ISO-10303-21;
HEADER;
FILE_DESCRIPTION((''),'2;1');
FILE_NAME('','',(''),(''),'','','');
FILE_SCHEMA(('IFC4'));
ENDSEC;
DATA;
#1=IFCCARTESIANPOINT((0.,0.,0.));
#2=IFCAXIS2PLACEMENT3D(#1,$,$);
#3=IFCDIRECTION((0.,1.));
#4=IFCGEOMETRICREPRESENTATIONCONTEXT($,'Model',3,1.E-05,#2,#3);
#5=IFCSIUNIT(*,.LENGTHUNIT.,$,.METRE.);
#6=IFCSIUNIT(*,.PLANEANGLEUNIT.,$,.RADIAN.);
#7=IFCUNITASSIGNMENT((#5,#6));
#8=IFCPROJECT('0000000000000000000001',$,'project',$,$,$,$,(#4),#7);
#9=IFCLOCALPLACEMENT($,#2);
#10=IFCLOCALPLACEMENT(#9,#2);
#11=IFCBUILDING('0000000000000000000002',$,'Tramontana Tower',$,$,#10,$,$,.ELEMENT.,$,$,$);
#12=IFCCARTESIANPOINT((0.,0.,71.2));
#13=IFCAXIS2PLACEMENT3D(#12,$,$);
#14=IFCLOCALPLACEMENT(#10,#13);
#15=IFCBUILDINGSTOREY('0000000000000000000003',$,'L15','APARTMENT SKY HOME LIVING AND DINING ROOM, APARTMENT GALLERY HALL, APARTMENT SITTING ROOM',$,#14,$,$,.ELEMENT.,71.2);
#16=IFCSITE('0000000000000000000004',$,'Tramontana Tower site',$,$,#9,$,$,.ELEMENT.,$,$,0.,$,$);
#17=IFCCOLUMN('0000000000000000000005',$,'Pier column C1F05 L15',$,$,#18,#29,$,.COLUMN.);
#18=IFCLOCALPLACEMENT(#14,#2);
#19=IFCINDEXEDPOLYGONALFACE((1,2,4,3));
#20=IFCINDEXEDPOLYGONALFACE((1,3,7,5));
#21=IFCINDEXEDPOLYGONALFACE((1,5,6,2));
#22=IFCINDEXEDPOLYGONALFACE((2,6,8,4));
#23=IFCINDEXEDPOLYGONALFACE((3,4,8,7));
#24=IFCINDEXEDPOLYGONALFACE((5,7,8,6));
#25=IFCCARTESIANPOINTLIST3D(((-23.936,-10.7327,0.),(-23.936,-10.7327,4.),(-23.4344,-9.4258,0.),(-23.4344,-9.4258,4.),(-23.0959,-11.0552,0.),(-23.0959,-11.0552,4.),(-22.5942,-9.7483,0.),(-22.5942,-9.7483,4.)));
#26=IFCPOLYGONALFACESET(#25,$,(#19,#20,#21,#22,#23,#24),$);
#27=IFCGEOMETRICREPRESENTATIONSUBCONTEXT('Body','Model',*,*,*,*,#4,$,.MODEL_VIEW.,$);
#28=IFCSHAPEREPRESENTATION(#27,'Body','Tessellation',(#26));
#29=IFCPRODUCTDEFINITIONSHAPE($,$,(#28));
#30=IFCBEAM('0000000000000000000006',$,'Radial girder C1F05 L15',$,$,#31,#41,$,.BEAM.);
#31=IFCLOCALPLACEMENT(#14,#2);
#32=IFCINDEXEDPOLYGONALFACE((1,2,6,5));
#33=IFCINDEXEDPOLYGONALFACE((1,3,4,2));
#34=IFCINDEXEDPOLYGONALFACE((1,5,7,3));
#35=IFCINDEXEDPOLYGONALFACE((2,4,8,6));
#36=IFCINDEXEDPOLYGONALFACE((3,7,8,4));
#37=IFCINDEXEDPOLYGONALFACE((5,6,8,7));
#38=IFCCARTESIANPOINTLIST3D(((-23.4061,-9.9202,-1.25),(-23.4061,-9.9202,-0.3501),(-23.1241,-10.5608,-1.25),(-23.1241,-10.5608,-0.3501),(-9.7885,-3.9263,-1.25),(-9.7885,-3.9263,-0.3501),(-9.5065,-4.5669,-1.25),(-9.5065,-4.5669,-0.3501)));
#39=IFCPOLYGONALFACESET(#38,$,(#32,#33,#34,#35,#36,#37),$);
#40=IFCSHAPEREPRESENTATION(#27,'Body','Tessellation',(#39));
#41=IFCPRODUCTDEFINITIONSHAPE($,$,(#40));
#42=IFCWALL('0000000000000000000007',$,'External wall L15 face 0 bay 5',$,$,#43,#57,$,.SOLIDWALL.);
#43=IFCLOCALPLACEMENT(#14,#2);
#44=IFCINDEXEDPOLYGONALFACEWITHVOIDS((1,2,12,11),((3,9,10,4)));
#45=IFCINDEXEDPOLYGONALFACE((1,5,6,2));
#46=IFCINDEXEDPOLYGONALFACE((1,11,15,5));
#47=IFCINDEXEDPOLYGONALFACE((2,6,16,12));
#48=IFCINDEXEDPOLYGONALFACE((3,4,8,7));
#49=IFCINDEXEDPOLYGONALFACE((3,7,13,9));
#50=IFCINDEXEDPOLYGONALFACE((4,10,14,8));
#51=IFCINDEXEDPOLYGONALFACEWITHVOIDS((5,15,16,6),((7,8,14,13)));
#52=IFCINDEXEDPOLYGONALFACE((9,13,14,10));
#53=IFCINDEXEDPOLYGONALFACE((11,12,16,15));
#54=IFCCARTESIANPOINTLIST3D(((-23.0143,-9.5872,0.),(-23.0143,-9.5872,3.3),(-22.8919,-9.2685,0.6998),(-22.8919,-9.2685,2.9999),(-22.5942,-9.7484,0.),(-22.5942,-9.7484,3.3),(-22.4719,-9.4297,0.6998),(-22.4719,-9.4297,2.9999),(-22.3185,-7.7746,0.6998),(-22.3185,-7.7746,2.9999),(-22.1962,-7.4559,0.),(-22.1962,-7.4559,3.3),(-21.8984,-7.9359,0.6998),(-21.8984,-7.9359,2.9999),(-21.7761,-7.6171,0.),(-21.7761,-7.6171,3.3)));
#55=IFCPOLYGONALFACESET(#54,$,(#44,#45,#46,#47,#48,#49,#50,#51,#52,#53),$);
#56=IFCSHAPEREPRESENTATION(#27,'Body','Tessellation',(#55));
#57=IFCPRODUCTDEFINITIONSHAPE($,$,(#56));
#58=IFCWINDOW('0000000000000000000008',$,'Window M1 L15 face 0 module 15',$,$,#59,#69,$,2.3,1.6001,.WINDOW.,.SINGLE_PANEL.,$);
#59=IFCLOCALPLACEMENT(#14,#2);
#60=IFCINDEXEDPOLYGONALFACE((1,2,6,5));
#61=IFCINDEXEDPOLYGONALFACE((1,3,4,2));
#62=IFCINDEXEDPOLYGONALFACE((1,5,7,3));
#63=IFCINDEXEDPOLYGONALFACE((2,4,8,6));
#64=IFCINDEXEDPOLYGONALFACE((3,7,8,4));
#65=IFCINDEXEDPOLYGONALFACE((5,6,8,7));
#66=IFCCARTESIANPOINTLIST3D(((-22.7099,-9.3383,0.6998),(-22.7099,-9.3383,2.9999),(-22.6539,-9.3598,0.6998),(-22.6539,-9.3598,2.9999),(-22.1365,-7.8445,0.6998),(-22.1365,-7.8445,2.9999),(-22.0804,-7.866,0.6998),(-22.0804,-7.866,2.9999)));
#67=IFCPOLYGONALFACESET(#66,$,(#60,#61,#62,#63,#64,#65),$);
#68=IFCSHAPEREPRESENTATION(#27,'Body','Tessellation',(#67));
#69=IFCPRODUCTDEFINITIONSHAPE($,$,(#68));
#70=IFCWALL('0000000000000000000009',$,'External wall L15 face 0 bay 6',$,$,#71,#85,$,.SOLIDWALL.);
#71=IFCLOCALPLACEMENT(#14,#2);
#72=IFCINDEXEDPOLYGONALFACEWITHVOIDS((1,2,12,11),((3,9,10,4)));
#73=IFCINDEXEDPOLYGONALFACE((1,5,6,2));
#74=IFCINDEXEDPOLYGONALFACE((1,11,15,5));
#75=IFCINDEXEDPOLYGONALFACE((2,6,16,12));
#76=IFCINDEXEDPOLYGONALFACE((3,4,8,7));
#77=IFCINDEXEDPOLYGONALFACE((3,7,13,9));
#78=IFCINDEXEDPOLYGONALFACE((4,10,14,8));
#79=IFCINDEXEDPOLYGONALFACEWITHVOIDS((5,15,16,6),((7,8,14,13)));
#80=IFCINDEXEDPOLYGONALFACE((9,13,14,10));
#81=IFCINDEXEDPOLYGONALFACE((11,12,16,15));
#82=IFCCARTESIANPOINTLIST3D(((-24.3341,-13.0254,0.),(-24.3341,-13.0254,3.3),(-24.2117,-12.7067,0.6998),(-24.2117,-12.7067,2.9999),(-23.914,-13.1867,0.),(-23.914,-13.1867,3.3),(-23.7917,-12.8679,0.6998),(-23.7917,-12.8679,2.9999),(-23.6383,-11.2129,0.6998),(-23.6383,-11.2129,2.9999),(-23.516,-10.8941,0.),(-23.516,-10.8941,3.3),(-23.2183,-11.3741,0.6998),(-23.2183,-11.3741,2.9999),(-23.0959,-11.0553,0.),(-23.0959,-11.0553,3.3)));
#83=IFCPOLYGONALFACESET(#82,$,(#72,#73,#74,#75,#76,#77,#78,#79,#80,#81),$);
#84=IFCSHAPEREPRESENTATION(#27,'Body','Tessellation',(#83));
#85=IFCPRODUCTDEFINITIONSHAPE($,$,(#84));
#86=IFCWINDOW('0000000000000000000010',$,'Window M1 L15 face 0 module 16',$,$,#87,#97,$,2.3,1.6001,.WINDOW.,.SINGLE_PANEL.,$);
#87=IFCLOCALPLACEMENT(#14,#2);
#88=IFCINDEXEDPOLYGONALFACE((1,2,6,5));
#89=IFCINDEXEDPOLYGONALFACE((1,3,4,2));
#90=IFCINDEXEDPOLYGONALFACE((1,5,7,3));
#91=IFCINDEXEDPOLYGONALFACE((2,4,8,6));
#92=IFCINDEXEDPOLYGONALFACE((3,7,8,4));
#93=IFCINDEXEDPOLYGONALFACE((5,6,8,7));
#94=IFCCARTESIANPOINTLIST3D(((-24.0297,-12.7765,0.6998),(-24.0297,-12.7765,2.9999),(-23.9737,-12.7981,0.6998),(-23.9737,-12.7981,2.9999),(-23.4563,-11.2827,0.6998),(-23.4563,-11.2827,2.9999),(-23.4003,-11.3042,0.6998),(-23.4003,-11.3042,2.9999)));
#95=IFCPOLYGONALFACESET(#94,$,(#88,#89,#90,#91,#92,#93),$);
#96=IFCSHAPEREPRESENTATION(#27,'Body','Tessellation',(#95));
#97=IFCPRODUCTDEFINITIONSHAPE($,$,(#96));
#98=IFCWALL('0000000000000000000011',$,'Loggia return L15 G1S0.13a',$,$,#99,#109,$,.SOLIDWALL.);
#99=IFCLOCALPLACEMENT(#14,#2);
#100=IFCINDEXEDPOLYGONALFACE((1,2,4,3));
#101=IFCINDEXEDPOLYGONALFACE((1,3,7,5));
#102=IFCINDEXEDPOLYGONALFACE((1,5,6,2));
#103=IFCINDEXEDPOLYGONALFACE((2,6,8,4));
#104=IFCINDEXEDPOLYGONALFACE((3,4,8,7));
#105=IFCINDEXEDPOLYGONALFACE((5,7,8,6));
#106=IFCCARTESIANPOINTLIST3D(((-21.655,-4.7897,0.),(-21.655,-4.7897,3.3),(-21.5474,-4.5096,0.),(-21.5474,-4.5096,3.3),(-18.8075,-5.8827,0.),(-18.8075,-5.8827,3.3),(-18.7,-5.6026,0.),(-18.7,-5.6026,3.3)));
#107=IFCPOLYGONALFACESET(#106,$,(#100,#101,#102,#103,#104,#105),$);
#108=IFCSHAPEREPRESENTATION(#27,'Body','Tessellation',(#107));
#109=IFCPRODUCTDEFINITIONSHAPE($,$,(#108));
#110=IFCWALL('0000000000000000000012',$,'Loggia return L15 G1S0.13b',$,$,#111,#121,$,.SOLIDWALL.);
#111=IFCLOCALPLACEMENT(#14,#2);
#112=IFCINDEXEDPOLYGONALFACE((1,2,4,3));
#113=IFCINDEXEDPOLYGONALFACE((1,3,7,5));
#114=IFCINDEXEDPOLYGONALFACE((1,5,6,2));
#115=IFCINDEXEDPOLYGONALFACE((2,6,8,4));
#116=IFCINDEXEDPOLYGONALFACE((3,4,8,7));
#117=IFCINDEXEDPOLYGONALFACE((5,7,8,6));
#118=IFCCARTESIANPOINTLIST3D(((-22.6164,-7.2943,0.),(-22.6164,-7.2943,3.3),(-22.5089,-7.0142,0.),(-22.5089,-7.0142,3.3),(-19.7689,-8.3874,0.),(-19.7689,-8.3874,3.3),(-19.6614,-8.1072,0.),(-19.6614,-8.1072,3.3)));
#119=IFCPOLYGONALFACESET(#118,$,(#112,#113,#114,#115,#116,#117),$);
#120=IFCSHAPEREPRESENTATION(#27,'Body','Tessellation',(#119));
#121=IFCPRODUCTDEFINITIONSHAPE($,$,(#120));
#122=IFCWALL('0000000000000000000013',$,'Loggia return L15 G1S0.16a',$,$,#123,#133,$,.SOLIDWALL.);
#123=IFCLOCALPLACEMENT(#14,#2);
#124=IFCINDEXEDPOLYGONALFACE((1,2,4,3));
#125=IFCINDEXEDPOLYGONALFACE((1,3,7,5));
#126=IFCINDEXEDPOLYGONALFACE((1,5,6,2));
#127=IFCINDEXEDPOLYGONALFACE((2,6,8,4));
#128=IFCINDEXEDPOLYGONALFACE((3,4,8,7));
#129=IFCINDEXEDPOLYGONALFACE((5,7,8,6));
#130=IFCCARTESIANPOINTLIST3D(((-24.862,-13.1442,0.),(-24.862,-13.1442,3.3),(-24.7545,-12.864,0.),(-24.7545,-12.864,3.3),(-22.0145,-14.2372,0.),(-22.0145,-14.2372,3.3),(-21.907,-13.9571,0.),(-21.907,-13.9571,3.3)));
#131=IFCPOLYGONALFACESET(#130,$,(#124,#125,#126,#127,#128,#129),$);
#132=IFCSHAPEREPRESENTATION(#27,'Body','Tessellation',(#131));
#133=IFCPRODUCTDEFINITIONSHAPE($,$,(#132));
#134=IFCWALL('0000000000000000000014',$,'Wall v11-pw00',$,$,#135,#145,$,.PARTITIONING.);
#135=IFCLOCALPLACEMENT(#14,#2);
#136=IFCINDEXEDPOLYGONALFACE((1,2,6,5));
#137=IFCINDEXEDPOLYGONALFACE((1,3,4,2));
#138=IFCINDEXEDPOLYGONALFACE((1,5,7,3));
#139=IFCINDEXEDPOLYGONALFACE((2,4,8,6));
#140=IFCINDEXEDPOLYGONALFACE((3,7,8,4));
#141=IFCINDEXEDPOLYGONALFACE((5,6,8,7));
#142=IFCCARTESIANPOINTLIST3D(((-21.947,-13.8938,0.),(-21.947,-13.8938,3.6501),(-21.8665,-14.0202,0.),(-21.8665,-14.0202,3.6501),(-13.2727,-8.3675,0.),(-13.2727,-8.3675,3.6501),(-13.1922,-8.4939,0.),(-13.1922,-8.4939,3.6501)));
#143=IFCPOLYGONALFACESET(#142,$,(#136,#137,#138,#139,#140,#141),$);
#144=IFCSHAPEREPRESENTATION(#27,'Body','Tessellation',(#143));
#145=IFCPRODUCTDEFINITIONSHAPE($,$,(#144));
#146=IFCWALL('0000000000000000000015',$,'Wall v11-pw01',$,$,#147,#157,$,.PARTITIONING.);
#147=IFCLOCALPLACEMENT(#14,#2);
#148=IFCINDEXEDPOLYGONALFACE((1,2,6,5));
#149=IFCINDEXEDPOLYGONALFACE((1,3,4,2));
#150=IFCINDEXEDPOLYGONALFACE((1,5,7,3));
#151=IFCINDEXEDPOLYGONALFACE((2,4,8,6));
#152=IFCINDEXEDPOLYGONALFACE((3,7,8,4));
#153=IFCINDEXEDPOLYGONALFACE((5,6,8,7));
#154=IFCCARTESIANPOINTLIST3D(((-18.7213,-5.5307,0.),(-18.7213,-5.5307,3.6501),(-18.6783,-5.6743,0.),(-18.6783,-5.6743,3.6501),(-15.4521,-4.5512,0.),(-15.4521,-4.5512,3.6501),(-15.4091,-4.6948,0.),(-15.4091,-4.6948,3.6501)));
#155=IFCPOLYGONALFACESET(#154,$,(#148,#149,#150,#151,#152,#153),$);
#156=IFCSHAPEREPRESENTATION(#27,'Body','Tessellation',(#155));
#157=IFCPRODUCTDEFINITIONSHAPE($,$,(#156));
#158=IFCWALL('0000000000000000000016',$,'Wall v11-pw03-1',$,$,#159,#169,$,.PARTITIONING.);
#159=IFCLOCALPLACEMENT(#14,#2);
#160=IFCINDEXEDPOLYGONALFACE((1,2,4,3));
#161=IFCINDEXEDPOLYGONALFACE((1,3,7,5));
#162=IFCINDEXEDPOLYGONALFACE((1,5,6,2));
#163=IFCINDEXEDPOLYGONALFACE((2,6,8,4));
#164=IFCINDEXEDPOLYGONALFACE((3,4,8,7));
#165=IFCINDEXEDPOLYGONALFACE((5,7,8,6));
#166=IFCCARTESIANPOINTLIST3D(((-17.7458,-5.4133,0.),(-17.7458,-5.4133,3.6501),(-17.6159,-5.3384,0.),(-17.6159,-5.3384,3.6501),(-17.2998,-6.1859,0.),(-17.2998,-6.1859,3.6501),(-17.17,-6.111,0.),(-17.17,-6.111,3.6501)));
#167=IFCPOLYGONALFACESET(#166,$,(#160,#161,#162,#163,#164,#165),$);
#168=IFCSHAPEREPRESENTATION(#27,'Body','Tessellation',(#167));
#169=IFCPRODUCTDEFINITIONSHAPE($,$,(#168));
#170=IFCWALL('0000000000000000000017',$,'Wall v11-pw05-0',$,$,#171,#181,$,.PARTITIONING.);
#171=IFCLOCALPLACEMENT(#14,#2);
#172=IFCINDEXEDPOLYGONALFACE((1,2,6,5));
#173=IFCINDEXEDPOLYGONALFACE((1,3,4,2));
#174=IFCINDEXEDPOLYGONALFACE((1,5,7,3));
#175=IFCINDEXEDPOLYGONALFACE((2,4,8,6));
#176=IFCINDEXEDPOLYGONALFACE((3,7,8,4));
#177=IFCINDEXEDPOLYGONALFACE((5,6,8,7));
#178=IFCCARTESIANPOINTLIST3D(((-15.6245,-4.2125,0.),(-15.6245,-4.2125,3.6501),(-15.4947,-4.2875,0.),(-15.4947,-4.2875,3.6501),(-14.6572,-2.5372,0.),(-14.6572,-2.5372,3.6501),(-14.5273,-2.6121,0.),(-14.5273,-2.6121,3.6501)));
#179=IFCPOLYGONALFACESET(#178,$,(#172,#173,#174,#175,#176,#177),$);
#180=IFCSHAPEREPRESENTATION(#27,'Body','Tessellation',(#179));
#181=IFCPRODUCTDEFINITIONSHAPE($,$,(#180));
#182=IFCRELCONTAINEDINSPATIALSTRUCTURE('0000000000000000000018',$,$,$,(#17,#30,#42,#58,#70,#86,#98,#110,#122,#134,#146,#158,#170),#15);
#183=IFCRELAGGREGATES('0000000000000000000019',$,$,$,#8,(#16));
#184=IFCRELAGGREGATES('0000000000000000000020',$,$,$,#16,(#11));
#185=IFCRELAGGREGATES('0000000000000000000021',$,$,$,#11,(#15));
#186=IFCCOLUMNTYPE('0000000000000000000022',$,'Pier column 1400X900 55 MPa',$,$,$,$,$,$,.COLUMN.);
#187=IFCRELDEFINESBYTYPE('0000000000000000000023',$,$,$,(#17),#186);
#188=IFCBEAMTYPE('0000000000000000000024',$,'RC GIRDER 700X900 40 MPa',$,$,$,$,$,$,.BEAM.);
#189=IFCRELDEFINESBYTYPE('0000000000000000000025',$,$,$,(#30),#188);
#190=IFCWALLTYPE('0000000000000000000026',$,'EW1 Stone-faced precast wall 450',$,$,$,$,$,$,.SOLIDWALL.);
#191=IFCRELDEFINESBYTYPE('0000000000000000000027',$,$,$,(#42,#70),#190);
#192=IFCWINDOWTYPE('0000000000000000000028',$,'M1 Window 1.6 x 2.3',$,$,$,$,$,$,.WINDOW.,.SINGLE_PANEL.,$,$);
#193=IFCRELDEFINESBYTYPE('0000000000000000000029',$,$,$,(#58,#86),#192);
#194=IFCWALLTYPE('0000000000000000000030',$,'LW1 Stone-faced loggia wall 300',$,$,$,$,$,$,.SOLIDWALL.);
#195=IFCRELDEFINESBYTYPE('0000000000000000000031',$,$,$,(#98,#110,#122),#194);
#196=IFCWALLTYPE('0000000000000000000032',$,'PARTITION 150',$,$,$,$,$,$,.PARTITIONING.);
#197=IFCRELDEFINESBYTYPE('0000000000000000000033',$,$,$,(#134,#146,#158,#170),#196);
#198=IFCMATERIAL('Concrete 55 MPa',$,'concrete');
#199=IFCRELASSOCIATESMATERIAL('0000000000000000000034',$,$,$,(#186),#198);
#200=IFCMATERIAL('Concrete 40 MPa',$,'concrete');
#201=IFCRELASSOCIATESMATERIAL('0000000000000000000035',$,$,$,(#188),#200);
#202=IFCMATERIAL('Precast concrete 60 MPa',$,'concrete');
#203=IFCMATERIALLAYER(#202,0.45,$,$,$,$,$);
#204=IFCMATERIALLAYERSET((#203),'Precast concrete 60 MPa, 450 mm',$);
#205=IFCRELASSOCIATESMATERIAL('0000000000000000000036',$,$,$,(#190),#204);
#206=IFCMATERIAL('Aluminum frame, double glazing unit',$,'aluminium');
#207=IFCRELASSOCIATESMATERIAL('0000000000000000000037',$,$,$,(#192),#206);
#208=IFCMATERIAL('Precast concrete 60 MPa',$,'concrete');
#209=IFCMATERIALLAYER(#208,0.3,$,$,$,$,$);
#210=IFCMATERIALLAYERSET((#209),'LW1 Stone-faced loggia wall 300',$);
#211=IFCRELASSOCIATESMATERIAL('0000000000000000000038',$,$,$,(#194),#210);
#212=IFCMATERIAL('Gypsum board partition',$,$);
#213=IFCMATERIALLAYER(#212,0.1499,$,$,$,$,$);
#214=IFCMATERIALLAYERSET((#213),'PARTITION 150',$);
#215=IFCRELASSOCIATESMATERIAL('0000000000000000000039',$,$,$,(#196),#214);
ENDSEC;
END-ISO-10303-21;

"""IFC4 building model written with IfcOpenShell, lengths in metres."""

from ifc_helpers import new_model, si_unit, direction, frame, frame_2d, origin, origin_2d, place, context, subcontext, project, spatial, rectangle, extrude, material, layer, layer_set, material_profile, profile_set, type_object, element, fill, save


model = new_model("IFC4")

# Units and contexts
model_context = context("Model", 3, precision=1e-05, world=origin(), true_north=direction((0.0, 1.0)))
body_context = subcontext(model_context, "Body", "Model", "MODEL_VIEW")
ifc_project = project(units=[si_unit("LENGTHUNIT", "METRE"), si_unit("PLANEANGLEUNIT", "RADIAN")], contexts=[model_context])

# Site, building, storey
site_placement = place(None, origin())
site = spatial("IfcSite", under=ifc_project, at=site_placement, Name="Tramontana Tower site", CompositionType="ELEMENT", RefElevation=0.0)
building_placement = place(site_placement, origin())
building = spatial("IfcBuilding", under=site, at=building_placement, Name="Tramontana Tower", CompositionType="ELEMENT")
storey_placement = place(building_placement, frame((0.0, 0.0, 71.2)))
storey = spatial("IfcBuildingStorey", under=building, at=storey_placement, Name="L15", Description="APARTMENT SKY HOME LIVING AND DINING ROOM, APARTMENT GALLERY HALL, APARTMENT SITTING ROOM", CompositionType="ELEMENT", Elevation=71.2)

# Column
ifc_material_1 = material(Name="Concrete 55 MPa", Category="concrete")
ifc_material_profile_1 = material_profile(ifc_material_1, rectangle(XDim=1.3999, YDim=0.8999, at=origin_2d()), Name="Pier column 1400X900 55 MPa")
ifc_profile_set_1 = profile_set([ifc_material_profile_1], Name="Concrete 55 MPa")
column_type = type_object("IfcColumnType", Name="Pier column 1400X900 55 MPa", PredefinedType="COLUMN", material=ifc_profile_set_1)
column_placement = place(storey_placement, frame((-23.2651, -10.2405, 0.0), z_axis=(0.0, 0.0, 1.0), x_axis=(-0.358368, -0.93358, 0.0)))
element("IfcColumn", 1, at=column_placement, inside=storey, type_object=column_type, Name="Pier column C1F05 L15", PredefinedType="COLUMN", context=body_context, shape_type="SweptSolid", body=[
    extrude(rectangle(XDim=1.3999, YDim=0.8999, at=origin_2d()), origin(), (0.0, 0.0, 1.0), 4.0),
])

# Beam
ifc_material_2 = material(Name="Concrete 40 MPa", Category="concrete")
ifc_material_profile_2 = material_profile(ifc_material_2, rectangle(XDim=0.7, YDim=0.8999, at=origin_2d()), Name="RC GIRDER 700X900 40 MPa")
ifc_profile_set_2 = profile_set([ifc_material_profile_2], Name="Concrete 40 MPa")
beam_type = type_object("IfcBeamType", Name="RC GIRDER 700X900 40 MPa", PredefinedType="BEAM", material=ifc_profile_set_2)
beam_placement = place(storey_placement, frame((-23.2651, -10.2405, -0.8), z_axis=(0.915263, 0.402858, 0.0), x_axis=(-0.402858, 0.915263, 0.0)))
element("IfcBeam", 2, at=beam_placement, inside=storey, type_object=beam_type, Name="Radial girder C1F05 L15", PredefinedType="BEAM", context=body_context, shape_type="SweptSolid", body=[
    extrude(rectangle(XDim=0.7, YDim=0.8999, at=origin_2d()), origin(), (0.0, 0.0, 1.0), 14.8784),
])

# Walls, openings, windows
ifc_material_3 = material(Name="Precast concrete 60 MPa", Category="concrete")
ifc_layer_1 = layer(ifc_material_3, 0.45)
ifc_layer_set_1 = layer_set([ifc_layer_1], Name="Precast concrete 60 MPa, 450 mm")
wall_type_1 = type_object("IfcWallType", Name="EW1 Stone-faced precast wall 450", PredefinedType="SOLIDWALL", material=ifc_layer_set_1)
wall_1_placement = place(storey_placement, frame((-21.9861, -7.5364, 0.0), z_axis=(0.0, 0.0, 1.0), x_axis=(-0.358356, -0.933585, 0.0)))
wall_1 = element("IfcWall", 3, at=wall_1_placement, inside=storey, type_object=wall_type_1, Name="External wall L15 face 0 bay 5", PredefinedType="SOLIDWALL", context=body_context, shape_type="SweptSolid", body=[
    extrude(rectangle(XDim=2.283, YDim=0.45, at=frame_2d((1.1416, 0.0))), origin(), (0.0, 0.0, 1.0), 3.3),
])
opening_1_placement = place(wall_1_placement, frame((0.3416, 0.0, 0.7)))
opening_1 = element("IfcOpeningElement", 4, at=opening_1_placement, cuts=wall_1, PredefinedType="OPENING", context=body_context, shape_type="SweptSolid", body=[
    extrude(rectangle(XDim=1.6001, YDim=2.3, at=frame_2d((0.8, 1.1499))), frame((0.0, 0.2349, 0.0), z_axis=(0.0, -1.0, 0.0), x_axis=(1.0, 0.0, 0.0)), (0.0, 0.0, 1.0), 0.47),
])
ifc_material_4 = material(Name="Aluminum frame, double glazing unit", Category="aluminium")
window_type = type_object("IfcWindowType", Name="M1 Window 1.6 x 2.3", PartitioningType="SINGLE_PANEL", PredefinedType="WINDOW", material=ifc_material_4)
window_1_placement = place(opening_1_placement, origin())
window_1 = element("IfcWindow", 5, at=window_1_placement, inside=storey, type_object=window_type, Name="Window M1 L15 face 0 module 15", OverallHeight=2.3, OverallWidth=1.6001, PartitioningType="SINGLE_PANEL", PredefinedType="WINDOW", context=body_context, shape_type="SweptSolid", body=[
    extrude(rectangle(XDim=1.6001, YDim=2.3, at=frame_2d((0.8, 1.1499))), frame((0.0, 0.03, 0.0), z_axis=(0.0, -1.0, 0.0), x_axis=(1.0, 0.0, 0.0)), (0.0, 0.0, 1.0), 0.0601),
])
fill(opening_1, window_1)
wall_2_placement = place(storey_placement, frame((-23.3059, -10.9746, 0.0), z_axis=(0.0, 0.0, 1.0), x_axis=(-0.358356, -0.933585, 0.0)))
wall_2 = element("IfcWall", 6, at=wall_2_placement, inside=storey, type_object=wall_type_1, Name="External wall L15 face 0 bay 6", PredefinedType="SOLIDWALL", context=body_context, shape_type="SweptSolid", body=[
    extrude(rectangle(XDim=2.283, YDim=0.45, at=frame_2d((1.1416, 0.0))), origin(), (0.0, 0.0, 1.0), 3.3),
])
opening_2_placement = place(wall_2_placement, frame((0.3416, 0.0, 0.7)))
opening_2 = element("IfcOpeningElement", 7, at=opening_2_placement, cuts=wall_2, PredefinedType="OPENING", context=body_context, shape_type="SweptSolid", body=[
    extrude(rectangle(XDim=1.6001, YDim=2.3, at=frame_2d((0.8, 1.1499))), frame((0.0, 0.2349, 0.0), z_axis=(0.0, -1.0, 0.0), x_axis=(1.0, 0.0, 0.0)), (0.0, 0.0, 1.0), 0.47),
])
window_2_placement = place(opening_2_placement, origin())
window_2 = element("IfcWindow", 8, at=window_2_placement, inside=storey, type_object=window_type, Name="Window M1 L15 face 0 module 16", OverallHeight=2.3, OverallWidth=1.6001, PartitioningType="SINGLE_PANEL", PredefinedType="WINDOW", context=body_context, shape_type="SweptSolid", body=[
    extrude(rectangle(XDim=1.6001, YDim=2.3, at=frame_2d((0.8, 1.1499))), frame((0.0, 0.03, 0.0), z_axis=(0.0, -1.0, 0.0), x_axis=(1.0, 0.0, 0.0)), (0.0, 0.0, 1.0), 0.0601),
])
fill(opening_2, window_2)

# Shared definitions
ifc_material_5 = material(Name="Precast concrete 60 MPa", Category="concrete")
ifc_layer_2 = layer(ifc_material_5, 0.3)
ifc_layer_set_2 = layer_set([ifc_layer_2], Name="LW1 Stone-faced loggia wall 300")
wall_type_2 = type_object("IfcWallType", Name="LW1 Stone-faced loggia wall 300", PredefinedType="SOLIDWALL", material=ifc_layer_set_2)

# Walls
for number, where, z_axis, x_axis, name in (
    (9, (-21.6011, -4.6497, 0.0), (0.0, 0.0, 1.0), (0.933581, -0.358368, 0.0), "Loggia return L15 G1S0.13a"),
    (10, (-22.5625, -7.1543, 0.0), (0.0, 0.0, 1.0), (0.933581, -0.358368, 0.0), "Loggia return L15 G1S0.13b"),
):
    element("IfcWall", number, at=place(storey_placement, frame(where, z_axis=z_axis, x_axis=x_axis)), inside=storey, type_object=wall_type_2, Name=name, PredefinedType="SOLIDWALL", context=body_context, shape_type="SweptSolid", body=[
        extrude(rectangle(XDim=3.05, YDim=0.3, at=frame_2d((1.5249, 0.0))), origin(), (0.0, 0.0, 1.0), 3.3),
    ])

# Walls
wall_3_placement = place(storey_placement, frame((-24.8081, -13.0042, 0.0), z_axis=(0.0, 0.0, 1.0), x_axis=(0.933581, -0.358368, 0.0)))
element("IfcWall", 11, at=wall_3_placement, inside=storey, type_object=wall_type_2, Name="Loggia return L15 G1S0.16a", PredefinedType="SOLIDWALL", context=body_context, shape_type="SweptSolid", body=[
    extrude(rectangle(XDim=3.05, YDim=0.3, at=frame_2d((1.5249, 0.0))), origin(), (0.0, 0.0, 1.0), 3.3),
])
ifc_material_6 = material(Name="Gypsum board partition")
ifc_layer_3 = layer(ifc_material_6, 0.1499)
ifc_layer_set_3 = layer_set([ifc_layer_3], Name="PARTITION 150")
wall_type_3 = type_object("IfcWallType", Name="PARTITION 150", PredefinedType="PARTITIONING", material=ifc_layer_set_3)
wall_4_placement = place(storey_placement, frame((-21.9067, -13.957, 0.0), z_axis=(0.0, 0.0, 1.0), x_axis=(0.843382, 0.537315, 0.0)))
element("IfcWall", 12, at=wall_4_placement, inside=storey, type_object=wall_type_3, Name="Wall v11-pw00", PredefinedType="PARTITIONING", context=body_context, shape_type="SweptSolid", body=[
    extrude(rectangle(XDim=10.2852, YDim=0.1499, at=frame_2d((5.1426, 0.0))), origin(), (0.0, 0.0, 1.0), 3.6501),
])
wall_5_placement = place(storey_placement, frame((-18.7, -5.6025, 0.0), z_axis=(0.0, 0.0, 1.0), x_axis=(0.957931, 0.287, 0.0)))
element("IfcWall", 13, at=wall_5_placement, inside=storey, type_object=wall_type_3, Name="Wall v11-pw01", PredefinedType="PARTITIONING", context=body_context, shape_type="SweptSolid", body=[
    extrude(rectangle(XDim=3.4128, YDim=0.1499, at=frame_2d((1.7065, 0.0))), origin(), (0.0, 0.0, 1.0), 3.6501),
])

# Walls
wall_6_placement = place(storey_placement, frame((-17.2349, -6.1484, 0.0), z_axis=(0.0, 0.0, 1.0), x_axis=(-0.499936, 0.866063, 0.0)))
element("IfcWall", 14, at=wall_6_placement, inside=storey, type_object=wall_type_3, Name="Wall v11-pw03-1", PredefinedType="PARTITIONING", context=body_context, shape_type="SweptSolid", body=[
    extrude(rectangle(XDim=0.8921, YDim=0.1499, at=frame_2d((0.446, 0.0))), origin(), (0.0, 0.0, 1.0), 3.6501),
])
wall_7_placement = place(storey_placement, frame((-15.5596, -4.25, 0.0), z_axis=(0.0, 0.0, 1.0), x_axis=(0.500021, 0.866013, 0.0)))
element("IfcWall", 15, at=wall_7_placement, inside=storey, type_object=wall_type_3, Name="Wall v11-pw05-0", PredefinedType="PARTITIONING", context=body_context, shape_type="SweptSolid", body=[
    extrude(rectangle(XDim=1.9346, YDim=0.1499, at=frame_2d((0.9673, 0.0))), origin(), (0.0, 0.0, 1.0), 3.6501),
])

save(model, "model.ifc")
